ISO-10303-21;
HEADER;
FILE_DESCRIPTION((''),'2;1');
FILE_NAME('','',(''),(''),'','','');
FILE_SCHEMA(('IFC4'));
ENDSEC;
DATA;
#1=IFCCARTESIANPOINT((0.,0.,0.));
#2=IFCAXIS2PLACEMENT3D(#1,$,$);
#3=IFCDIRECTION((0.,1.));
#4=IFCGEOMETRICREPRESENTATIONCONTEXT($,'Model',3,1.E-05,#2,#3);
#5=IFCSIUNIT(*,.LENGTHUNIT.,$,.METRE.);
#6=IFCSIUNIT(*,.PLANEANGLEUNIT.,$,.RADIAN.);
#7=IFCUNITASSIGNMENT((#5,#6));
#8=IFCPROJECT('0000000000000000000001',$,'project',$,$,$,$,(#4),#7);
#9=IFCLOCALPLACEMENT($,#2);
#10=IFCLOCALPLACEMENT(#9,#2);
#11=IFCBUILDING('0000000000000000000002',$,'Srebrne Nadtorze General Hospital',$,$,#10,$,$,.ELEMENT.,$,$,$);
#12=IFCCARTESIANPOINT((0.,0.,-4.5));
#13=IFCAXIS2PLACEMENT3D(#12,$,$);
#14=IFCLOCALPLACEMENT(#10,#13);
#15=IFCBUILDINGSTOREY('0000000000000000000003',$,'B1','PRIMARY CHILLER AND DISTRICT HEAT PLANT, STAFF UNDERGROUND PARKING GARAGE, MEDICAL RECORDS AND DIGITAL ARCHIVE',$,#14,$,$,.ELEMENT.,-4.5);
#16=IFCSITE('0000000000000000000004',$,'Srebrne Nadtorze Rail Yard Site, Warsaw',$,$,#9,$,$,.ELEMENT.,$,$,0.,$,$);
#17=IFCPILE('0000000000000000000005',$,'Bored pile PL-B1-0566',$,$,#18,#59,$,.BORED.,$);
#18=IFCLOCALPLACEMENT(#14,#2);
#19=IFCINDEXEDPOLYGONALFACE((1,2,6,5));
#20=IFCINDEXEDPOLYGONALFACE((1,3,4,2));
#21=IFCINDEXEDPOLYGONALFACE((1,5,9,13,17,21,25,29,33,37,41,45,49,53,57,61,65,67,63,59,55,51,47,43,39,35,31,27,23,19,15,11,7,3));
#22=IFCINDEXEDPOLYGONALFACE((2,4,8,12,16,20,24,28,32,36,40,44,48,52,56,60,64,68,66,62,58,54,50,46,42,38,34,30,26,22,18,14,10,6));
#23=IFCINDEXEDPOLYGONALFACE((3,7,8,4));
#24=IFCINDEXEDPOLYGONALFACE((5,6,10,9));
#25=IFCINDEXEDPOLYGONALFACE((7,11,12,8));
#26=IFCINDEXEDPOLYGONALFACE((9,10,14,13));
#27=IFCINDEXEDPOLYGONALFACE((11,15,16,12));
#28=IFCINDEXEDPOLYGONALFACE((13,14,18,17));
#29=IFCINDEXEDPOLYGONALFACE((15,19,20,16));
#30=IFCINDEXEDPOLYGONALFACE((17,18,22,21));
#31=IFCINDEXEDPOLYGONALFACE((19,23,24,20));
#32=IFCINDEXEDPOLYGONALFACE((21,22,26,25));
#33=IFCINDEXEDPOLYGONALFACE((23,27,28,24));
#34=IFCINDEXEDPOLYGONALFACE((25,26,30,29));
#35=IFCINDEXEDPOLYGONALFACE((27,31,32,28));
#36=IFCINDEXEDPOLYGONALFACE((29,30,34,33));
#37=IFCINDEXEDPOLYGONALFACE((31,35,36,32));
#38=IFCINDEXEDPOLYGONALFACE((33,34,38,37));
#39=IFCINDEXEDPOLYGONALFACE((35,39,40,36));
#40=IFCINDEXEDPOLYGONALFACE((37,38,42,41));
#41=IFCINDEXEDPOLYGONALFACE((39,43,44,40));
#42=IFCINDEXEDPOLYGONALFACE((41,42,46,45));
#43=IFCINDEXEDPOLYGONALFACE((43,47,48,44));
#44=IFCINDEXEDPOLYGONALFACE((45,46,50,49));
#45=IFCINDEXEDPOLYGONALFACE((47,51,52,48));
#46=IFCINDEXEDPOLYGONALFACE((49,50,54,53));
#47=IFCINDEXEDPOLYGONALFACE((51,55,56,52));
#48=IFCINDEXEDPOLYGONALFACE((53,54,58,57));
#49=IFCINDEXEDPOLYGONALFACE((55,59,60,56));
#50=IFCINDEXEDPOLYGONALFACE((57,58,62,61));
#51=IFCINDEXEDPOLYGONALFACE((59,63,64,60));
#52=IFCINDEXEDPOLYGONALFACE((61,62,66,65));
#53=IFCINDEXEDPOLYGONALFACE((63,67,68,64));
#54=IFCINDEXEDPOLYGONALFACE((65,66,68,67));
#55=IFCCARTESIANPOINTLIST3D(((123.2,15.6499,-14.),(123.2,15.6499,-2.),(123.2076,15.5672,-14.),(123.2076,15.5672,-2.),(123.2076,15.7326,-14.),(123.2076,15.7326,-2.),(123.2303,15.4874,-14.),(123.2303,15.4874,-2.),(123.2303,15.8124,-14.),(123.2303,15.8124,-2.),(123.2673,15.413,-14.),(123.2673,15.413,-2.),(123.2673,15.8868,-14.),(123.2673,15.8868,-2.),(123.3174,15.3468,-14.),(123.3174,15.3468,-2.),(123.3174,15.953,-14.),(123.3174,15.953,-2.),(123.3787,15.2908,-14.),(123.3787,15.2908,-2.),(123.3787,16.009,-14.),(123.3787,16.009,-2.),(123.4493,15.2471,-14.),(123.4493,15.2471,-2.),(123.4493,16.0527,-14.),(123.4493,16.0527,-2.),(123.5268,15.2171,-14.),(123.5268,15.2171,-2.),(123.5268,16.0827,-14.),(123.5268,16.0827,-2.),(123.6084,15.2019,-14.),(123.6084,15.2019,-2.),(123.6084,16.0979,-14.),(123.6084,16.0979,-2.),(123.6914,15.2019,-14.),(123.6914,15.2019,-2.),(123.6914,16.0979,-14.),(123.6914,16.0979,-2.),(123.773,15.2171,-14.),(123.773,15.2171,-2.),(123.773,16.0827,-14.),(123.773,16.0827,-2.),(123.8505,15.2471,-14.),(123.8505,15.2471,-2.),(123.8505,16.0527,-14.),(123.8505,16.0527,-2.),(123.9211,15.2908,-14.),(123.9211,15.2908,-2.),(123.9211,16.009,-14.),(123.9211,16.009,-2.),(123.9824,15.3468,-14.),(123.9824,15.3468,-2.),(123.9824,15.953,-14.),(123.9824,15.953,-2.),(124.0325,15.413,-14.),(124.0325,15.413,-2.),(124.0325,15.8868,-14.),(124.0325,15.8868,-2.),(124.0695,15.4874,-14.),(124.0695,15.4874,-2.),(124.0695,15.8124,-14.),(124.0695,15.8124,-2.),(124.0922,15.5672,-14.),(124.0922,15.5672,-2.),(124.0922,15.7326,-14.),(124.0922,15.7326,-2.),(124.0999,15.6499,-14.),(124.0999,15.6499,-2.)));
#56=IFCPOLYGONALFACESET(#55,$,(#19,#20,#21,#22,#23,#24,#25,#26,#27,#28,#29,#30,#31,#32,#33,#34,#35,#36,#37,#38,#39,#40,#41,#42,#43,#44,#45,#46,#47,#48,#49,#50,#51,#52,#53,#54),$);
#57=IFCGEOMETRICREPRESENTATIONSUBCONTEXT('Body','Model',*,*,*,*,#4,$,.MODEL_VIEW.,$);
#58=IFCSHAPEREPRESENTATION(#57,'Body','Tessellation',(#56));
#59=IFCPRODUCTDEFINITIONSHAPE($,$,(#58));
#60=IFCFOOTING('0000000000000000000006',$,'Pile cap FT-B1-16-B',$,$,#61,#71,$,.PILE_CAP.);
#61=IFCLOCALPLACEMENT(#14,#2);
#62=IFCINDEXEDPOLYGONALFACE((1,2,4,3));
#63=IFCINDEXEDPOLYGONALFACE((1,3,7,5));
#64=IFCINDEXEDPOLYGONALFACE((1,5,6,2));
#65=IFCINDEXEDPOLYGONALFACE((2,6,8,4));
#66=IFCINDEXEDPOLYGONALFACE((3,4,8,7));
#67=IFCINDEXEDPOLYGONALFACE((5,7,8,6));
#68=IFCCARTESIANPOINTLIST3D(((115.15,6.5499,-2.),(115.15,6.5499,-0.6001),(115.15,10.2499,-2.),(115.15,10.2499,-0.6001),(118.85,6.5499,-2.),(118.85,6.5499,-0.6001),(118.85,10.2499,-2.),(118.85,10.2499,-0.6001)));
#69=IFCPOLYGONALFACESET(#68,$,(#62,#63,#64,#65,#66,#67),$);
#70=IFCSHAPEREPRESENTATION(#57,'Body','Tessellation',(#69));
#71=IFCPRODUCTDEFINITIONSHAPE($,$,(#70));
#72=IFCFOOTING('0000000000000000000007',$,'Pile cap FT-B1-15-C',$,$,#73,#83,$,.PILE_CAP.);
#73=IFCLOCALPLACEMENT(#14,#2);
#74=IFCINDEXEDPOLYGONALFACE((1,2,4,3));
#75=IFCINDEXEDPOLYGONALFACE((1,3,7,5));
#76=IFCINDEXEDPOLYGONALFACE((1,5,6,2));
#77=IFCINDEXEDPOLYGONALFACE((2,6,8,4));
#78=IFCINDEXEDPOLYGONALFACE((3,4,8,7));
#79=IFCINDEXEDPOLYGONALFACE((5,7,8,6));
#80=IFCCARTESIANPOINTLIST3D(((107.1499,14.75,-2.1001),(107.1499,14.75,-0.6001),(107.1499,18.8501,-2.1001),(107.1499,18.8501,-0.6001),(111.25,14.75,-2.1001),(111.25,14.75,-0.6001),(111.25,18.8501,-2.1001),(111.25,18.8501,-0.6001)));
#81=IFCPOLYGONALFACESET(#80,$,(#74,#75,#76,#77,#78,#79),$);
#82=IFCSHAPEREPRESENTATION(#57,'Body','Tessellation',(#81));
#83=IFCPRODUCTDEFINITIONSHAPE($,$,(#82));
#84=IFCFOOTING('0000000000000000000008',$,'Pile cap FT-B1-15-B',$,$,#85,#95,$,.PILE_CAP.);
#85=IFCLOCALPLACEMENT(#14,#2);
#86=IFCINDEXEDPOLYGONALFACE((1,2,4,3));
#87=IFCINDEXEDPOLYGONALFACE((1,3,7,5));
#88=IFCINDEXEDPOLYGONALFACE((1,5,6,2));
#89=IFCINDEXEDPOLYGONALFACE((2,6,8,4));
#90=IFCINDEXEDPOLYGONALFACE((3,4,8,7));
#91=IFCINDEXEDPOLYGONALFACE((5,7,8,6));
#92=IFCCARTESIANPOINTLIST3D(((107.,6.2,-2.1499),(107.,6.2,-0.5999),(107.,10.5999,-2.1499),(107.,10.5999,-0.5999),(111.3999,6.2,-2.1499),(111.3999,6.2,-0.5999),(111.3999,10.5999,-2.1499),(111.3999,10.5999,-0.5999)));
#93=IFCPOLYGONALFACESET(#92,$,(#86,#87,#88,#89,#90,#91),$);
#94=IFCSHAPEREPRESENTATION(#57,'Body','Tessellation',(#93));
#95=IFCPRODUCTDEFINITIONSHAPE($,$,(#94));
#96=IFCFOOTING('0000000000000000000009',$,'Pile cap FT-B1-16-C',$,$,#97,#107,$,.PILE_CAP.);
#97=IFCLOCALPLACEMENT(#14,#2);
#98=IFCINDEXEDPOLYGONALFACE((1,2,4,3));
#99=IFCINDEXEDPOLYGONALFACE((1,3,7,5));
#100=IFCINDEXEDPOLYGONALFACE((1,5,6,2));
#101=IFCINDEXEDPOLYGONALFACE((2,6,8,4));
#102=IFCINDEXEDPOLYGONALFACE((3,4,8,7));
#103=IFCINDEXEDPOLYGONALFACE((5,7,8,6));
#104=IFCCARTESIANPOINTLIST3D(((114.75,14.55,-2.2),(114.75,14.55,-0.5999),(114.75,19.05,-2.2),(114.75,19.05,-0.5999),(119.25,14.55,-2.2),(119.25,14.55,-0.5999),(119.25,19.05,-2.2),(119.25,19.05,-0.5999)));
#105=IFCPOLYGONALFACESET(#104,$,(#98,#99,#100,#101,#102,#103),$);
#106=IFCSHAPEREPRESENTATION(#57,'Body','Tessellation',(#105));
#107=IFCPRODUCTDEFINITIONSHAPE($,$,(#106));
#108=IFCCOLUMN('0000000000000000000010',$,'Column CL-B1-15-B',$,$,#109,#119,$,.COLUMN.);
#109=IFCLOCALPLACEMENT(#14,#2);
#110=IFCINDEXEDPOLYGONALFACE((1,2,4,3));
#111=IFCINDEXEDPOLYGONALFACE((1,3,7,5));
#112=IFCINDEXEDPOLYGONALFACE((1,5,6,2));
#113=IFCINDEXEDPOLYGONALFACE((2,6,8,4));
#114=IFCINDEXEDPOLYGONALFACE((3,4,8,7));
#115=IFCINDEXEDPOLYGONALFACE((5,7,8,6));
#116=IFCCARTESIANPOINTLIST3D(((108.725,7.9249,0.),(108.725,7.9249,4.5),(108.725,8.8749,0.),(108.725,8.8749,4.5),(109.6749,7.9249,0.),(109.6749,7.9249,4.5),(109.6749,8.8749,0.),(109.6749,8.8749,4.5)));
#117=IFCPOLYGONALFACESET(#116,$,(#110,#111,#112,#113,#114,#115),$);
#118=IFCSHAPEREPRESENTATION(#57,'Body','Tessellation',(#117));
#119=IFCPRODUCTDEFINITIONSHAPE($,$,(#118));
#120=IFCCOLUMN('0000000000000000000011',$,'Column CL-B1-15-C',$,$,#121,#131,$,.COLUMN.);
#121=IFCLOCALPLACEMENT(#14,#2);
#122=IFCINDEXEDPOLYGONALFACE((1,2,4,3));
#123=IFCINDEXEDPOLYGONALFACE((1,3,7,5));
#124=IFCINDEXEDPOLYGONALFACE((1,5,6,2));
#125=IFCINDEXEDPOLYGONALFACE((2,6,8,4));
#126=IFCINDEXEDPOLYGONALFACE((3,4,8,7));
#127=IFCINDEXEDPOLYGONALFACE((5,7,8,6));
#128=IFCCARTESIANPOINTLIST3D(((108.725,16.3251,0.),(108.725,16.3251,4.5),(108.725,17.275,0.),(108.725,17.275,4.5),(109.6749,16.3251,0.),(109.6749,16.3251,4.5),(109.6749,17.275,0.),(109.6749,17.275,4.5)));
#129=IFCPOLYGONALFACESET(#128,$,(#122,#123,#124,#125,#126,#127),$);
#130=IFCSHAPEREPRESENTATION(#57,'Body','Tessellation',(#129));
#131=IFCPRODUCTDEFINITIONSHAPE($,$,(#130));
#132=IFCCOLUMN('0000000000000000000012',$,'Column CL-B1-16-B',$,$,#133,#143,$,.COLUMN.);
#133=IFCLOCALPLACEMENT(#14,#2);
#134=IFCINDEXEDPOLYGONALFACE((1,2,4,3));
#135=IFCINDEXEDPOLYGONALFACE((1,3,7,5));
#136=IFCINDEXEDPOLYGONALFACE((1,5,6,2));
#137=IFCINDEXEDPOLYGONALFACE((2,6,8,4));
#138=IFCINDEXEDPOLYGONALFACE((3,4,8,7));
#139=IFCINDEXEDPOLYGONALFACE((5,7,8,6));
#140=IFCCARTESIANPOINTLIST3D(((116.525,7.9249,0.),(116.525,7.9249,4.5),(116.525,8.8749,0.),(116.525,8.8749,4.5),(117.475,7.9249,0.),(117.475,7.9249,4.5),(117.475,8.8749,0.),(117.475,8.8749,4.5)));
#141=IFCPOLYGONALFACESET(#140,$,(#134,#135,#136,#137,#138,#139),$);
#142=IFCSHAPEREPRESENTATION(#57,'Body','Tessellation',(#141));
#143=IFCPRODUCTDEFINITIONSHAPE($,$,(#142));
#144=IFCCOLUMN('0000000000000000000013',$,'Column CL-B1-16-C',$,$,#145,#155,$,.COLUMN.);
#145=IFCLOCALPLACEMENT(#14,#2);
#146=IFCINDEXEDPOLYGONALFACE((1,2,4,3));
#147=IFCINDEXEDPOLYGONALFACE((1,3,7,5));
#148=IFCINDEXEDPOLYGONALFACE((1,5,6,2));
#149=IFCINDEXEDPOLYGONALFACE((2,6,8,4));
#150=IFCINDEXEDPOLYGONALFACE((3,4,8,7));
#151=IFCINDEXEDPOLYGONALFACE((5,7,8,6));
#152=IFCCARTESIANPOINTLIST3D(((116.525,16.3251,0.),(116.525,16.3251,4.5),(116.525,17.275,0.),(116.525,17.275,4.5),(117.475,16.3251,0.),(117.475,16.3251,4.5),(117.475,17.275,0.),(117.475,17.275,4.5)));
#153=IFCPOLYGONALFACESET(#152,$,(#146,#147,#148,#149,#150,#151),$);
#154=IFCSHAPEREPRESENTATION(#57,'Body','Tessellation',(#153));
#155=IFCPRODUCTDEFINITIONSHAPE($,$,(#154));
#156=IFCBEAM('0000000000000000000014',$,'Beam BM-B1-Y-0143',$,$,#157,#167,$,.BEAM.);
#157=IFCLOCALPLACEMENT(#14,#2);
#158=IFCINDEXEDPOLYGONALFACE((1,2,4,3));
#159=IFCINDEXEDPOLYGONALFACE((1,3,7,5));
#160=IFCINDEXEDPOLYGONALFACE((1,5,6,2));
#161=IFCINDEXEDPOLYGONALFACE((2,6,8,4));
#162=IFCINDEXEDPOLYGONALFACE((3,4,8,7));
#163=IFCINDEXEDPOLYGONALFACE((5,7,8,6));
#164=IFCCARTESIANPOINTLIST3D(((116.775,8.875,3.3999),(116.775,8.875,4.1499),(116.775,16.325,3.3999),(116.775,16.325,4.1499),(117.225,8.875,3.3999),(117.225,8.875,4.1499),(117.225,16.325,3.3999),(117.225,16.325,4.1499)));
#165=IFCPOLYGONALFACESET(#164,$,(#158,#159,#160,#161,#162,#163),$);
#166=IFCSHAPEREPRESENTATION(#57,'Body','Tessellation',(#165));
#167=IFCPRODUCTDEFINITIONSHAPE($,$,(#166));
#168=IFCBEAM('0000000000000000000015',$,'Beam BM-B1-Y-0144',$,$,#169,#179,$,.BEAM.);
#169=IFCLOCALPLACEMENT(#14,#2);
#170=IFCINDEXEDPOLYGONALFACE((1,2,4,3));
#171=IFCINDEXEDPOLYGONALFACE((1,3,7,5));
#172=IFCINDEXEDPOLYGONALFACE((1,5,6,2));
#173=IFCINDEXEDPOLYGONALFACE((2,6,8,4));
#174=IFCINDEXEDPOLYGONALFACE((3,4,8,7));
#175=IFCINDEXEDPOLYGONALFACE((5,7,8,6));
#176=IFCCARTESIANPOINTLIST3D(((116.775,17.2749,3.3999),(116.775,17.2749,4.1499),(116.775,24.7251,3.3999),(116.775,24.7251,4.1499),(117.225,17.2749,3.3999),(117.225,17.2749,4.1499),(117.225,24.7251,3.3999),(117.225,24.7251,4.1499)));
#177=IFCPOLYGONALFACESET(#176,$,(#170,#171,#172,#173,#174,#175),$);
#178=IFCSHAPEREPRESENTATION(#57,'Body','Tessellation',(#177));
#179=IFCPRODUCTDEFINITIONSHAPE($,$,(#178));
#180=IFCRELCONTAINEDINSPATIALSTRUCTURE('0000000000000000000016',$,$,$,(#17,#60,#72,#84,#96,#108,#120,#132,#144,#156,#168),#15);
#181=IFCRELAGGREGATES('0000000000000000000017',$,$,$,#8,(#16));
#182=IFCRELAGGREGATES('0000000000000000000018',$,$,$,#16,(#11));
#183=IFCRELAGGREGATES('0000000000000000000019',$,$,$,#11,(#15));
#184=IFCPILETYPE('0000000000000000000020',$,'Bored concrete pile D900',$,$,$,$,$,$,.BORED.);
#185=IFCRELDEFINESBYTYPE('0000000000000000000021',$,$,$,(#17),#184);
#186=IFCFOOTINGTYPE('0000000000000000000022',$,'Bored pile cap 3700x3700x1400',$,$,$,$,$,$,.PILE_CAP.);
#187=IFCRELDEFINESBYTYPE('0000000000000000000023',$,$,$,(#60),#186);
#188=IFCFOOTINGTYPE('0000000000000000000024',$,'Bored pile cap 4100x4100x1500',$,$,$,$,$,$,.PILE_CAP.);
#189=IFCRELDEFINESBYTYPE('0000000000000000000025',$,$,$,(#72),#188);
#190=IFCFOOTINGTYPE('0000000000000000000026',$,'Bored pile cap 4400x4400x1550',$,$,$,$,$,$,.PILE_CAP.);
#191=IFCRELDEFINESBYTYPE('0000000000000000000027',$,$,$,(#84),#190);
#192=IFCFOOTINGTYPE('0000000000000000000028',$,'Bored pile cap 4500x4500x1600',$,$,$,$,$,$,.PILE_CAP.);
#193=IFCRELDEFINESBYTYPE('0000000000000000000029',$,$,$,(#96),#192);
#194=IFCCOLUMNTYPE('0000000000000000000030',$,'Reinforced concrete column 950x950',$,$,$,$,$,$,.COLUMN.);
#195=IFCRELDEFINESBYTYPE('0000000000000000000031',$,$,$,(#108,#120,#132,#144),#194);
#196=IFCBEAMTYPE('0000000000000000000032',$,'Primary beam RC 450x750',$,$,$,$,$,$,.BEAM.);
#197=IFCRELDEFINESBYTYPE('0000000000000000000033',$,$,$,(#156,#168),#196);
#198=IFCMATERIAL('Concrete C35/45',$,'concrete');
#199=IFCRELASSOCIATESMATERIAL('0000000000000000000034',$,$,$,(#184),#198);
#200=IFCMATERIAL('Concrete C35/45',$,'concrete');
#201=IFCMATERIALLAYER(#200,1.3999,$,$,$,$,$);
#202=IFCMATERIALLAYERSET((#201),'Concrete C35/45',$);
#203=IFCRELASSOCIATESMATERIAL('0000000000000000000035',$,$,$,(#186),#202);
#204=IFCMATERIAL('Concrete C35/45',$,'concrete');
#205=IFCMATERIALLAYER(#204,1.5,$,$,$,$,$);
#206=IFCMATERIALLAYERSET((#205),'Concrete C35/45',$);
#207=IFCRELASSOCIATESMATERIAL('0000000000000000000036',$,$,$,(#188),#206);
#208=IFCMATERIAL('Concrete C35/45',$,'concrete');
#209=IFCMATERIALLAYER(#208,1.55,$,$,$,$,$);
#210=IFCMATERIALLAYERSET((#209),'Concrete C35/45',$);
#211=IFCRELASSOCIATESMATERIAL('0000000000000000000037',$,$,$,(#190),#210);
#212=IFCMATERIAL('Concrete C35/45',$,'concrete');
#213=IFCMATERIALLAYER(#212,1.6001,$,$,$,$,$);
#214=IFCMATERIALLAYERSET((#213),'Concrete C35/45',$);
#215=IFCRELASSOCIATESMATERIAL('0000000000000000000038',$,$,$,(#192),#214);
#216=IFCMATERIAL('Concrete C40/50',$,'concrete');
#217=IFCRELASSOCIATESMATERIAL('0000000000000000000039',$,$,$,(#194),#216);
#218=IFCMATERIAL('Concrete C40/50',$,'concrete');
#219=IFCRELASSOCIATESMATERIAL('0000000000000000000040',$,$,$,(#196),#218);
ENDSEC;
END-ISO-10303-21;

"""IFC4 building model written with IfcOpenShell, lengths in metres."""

from ifc_helpers import new_model, si_unit, direction, frame, origin, origin_2d, place, context, subcontext, project, spatial, rectangle, circle, extrude, material, layer, layer_set, material_profile, profile_set, type_object, element, save


model = new_model("IFC4")

# Units and contexts
model_context = context("Model", 3, precision=1e-05, world=origin(), true_north=direction((0.0, 1.0)))
body_context = subcontext(model_context, "Body", "Model", "MODEL_VIEW")
ifc_project = project(units=[si_unit("LENGTHUNIT", "METRE"), si_unit("PLANEANGLEUNIT", "RADIAN")], contexts=[model_context])

# Site, building, storey
site_placement = place(None, origin())
site = spatial("IfcSite", under=ifc_project, at=site_placement, Name="Srebrne Nadtorze Rail Yard Site, Warsaw", CompositionType="ELEMENT", RefElevation=0.0)
building_placement = place(site_placement, origin())
building = spatial("IfcBuilding", under=site, at=building_placement, Name="Srebrne Nadtorze General Hospital", CompositionType="ELEMENT")
storey_placement = place(building_placement, frame((0.0, 0.0, -4.5)))
storey = spatial("IfcBuildingStorey", under=building, at=storey_placement, Name="B1", Description="PRIMARY CHILLER AND DISTRICT HEAT PLANT, STAFF UNDERGROUND PARKING GARAGE, MEDICAL RECORDS AND DIGITAL ARCHIVE", CompositionType="ELEMENT", Elevation=-4.5)

# Pile
ifc_material_1 = material(Name="Concrete C35/45", Category="concrete")
ifc_material_profile_1 = material_profile(ifc_material_1, circle(Radius=0.45, at=origin_2d()), Name="PILE-D900")
ifc_profile_set_1 = profile_set([ifc_material_profile_1], Name="Concrete C35/45")
pile_type_1 = type_object("IfcPileType", Name="Bored concrete pile D900", PredefinedType="BORED", material=ifc_profile_set_1)
for number, where, z_axis, x_axis, name in (
    (1, (123.6499, 15.6499, -2.0), (0.0, 0.0, -1.0), (1.0, 0.0, 0.0), "Bored pile PL-B1-0566"),
):
    element("IfcPile", number, at=place(storey_placement, frame(where, z_axis=z_axis, x_axis=x_axis)), inside=storey, type_object=pile_type_1, Name=name, PredefinedType="BORED", context=body_context, shape_type="SweptSolid", body=[
        extrude(circle(Radius=0.45, at=origin_2d()), origin(), (0.0, 0.0, 1.0), 12.0),
    ])

# Footings
ifc_material_2 = material(Name="Concrete C35/45", Category="concrete")
ifc_layer_1 = layer(ifc_material_2, 1.3999)
ifc_layer_set_1 = layer_set([ifc_layer_1], Name="Concrete C35/45")
footing_type_1 = type_object("IfcFootingType", Name="Bored pile cap 3700x3700x1400", PredefinedType="PILE_CAP", material=ifc_layer_set_1)
footing_1_placement = place(storey_placement, frame((117.0, 8.3999, -2.0), z_axis=(0.0, 0.0, 1.0), x_axis=(1.0, 0.0, 0.0)))
element("IfcFooting", 2, at=footing_1_placement, inside=storey, type_object=footing_type_1, Name="Pile cap FT-B1-16-B", PredefinedType="PILE_CAP", context=body_context, shape_type="SweptSolid", body=[
    extrude(rectangle(XDim=3.7, YDim=3.7, at=origin_2d()), origin(), (0.0, 0.0, 1.0), 1.3999),
])
ifc_material_3 = material(Name="Concrete C35/45", Category="concrete")
ifc_layer_2 = layer(ifc_material_3, 1.5)
ifc_layer_set_2 = layer_set([ifc_layer_2], Name="Concrete C35/45")
footing_type_2 = type_object("IfcFootingType", Name="Bored pile cap 4100x4100x1500", PredefinedType="PILE_CAP", material=ifc_layer_set_2)
footing_2_placement = place(storey_placement, frame((109.2, 16.8, -2.1001), z_axis=(0.0, 0.0, 1.0), x_axis=(1.0, 0.0, 0.0)))
element("IfcFooting", 3, at=footing_2_placement, inside=storey, type_object=footing_type_2, Name="Pile cap FT-B1-15-C", PredefinedType="PILE_CAP", context=body_context, shape_type="SweptSolid", body=[
    extrude(rectangle(XDim=4.1001, YDim=4.1001, at=origin_2d()), origin(), (0.0, 0.0, 1.0), 1.5),
])
ifc_material_4 = material(Name="Concrete C35/45", Category="concrete")
ifc_layer_3 = layer(ifc_material_4, 1.55)
ifc_layer_set_3 = layer_set([ifc_layer_3], Name="Concrete C35/45")
footing_type_3 = type_object("IfcFootingType", Name="Bored pile cap 4400x4400x1550", PredefinedType="PILE_CAP", material=ifc_layer_set_3)
footing_3_placement = place(storey_placement, frame((109.2, 8.3999, -2.1499), z_axis=(0.0, 0.0, 1.0), x_axis=(1.0, 0.0, 0.0)))
element("IfcFooting", 4, at=footing_3_placement, inside=storey, type_object=footing_type_3, Name="Pile cap FT-B1-15-B", PredefinedType="PILE_CAP", context=body_context, shape_type="SweptSolid", body=[
    extrude(rectangle(XDim=4.3999, YDim=4.3999, at=origin_2d()), origin(), (0.0, 0.0, 1.0), 1.55),
])
ifc_material_5 = material(Name="Concrete C35/45", Category="concrete")
ifc_layer_4 = layer(ifc_material_5, 1.6001)
ifc_layer_set_4 = layer_set([ifc_layer_4], Name="Concrete C35/45")
footing_type_4 = type_object("IfcFootingType", Name="Bored pile cap 4500x4500x1600", PredefinedType="PILE_CAP", material=ifc_layer_set_4)
footing_4_placement = place(storey_placement, frame((117.0, 16.8, -2.2), z_axis=(0.0, 0.0, 1.0), x_axis=(1.0, 0.0, 0.0)))
element("IfcFooting", 5, at=footing_4_placement, inside=storey, type_object=footing_type_4, Name="Pile cap FT-B1-16-C", PredefinedType="PILE_CAP", context=body_context, shape_type="SweptSolid", body=[
    extrude(rectangle(XDim=4.5, YDim=4.5, at=origin_2d()), origin(), (0.0, 0.0, 1.0), 1.6001),
])

# Columns
ifc_material_6 = material(Name="Concrete C40/50", Category="concrete")
ifc_material_profile_2 = material_profile(ifc_material_6, rectangle(XDim=0.95, YDim=0.95, at=origin_2d()), Name="RC-COL-950x950")
ifc_profile_set_2 = profile_set([ifc_material_profile_2], Name="Concrete C40/50")
column_type = type_object("IfcColumnType", Name="Reinforced concrete column 950x950", PredefinedType="COLUMN", material=ifc_profile_set_2)
for number, where, z_axis, x_axis, name in (
    (6, (109.2, 8.3999, 0.0), (0.0, 0.0, 1.0), (1.0, 0.0, 0.0), "Column CL-B1-15-B"),
    (7, (109.2, 16.8, 0.0), (0.0, 0.0, 1.0), (1.0, 0.0, 0.0), "Column CL-B1-15-C"),
    (8, (117.0, 8.3999, 0.0), (0.0, 0.0, 1.0), (1.0, 0.0, 0.0), "Column CL-B1-16-B"),
    (9, (117.0, 16.8, 0.0), (0.0, 0.0, 1.0), (1.0, 0.0, 0.0), "Column CL-B1-16-C"),
):
    element("IfcColumn", number, at=place(storey_placement, frame(where, z_axis=z_axis, x_axis=x_axis)), inside=storey, type_object=column_type, Name=name, PredefinedType="COLUMN", context=body_context, shape_type="SweptSolid", body=[
        extrude(rectangle(XDim=0.95, YDim=0.95, at=origin_2d()), origin(), (0.0, 0.0, 1.0), 4.5),
    ])

# Beams
ifc_material_7 = material(Name="Concrete C40/50", Category="concrete")
ifc_material_profile_3 = material_profile(ifc_material_7, rectangle(XDim=0.45, YDim=0.75, at=origin_2d()), Name="RC-BM-450x750")
ifc_profile_set_3 = profile_set([ifc_material_profile_3], Name="Concrete C40/50")
beam_type = type_object("IfcBeamType", Name="Primary beam RC 450x750", PredefinedType="BEAM", material=ifc_profile_set_3)
beam_1_placement = place(storey_placement, frame((117.0, 8.875, 3.7749), z_axis=(0.0, 1.0, 0.0), x_axis=(-1.0, 0.0, 0.0)))
element("IfcBeam", 10, at=beam_1_placement, inside=storey, type_object=beam_type, Name="Beam BM-B1-Y-0143", PredefinedType="BEAM", context=body_context, shape_type="SweptSolid", body=[
    extrude(rectangle(XDim=0.45, YDim=0.75, at=origin_2d()), origin(), (0.0, 0.0, 1.0), 7.45),
])
beam_2_placement = place(storey_placement, frame((117.0, 17.2749, 3.7749), z_axis=(0.0, 1.0, 0.0), x_axis=(-1.0, 0.0, 0.0)))
element("IfcBeam", 11, at=beam_2_placement, inside=storey, type_object=beam_type, Name="Beam BM-B1-Y-0144", PredefinedType="BEAM", context=body_context, shape_type="SweptSolid", body=[
    extrude(rectangle(XDim=0.45, YDim=0.75, at=origin_2d()), origin(), (0.0, 0.0, 1.0), 7.4502),
])

save(model, "model.ifc")
